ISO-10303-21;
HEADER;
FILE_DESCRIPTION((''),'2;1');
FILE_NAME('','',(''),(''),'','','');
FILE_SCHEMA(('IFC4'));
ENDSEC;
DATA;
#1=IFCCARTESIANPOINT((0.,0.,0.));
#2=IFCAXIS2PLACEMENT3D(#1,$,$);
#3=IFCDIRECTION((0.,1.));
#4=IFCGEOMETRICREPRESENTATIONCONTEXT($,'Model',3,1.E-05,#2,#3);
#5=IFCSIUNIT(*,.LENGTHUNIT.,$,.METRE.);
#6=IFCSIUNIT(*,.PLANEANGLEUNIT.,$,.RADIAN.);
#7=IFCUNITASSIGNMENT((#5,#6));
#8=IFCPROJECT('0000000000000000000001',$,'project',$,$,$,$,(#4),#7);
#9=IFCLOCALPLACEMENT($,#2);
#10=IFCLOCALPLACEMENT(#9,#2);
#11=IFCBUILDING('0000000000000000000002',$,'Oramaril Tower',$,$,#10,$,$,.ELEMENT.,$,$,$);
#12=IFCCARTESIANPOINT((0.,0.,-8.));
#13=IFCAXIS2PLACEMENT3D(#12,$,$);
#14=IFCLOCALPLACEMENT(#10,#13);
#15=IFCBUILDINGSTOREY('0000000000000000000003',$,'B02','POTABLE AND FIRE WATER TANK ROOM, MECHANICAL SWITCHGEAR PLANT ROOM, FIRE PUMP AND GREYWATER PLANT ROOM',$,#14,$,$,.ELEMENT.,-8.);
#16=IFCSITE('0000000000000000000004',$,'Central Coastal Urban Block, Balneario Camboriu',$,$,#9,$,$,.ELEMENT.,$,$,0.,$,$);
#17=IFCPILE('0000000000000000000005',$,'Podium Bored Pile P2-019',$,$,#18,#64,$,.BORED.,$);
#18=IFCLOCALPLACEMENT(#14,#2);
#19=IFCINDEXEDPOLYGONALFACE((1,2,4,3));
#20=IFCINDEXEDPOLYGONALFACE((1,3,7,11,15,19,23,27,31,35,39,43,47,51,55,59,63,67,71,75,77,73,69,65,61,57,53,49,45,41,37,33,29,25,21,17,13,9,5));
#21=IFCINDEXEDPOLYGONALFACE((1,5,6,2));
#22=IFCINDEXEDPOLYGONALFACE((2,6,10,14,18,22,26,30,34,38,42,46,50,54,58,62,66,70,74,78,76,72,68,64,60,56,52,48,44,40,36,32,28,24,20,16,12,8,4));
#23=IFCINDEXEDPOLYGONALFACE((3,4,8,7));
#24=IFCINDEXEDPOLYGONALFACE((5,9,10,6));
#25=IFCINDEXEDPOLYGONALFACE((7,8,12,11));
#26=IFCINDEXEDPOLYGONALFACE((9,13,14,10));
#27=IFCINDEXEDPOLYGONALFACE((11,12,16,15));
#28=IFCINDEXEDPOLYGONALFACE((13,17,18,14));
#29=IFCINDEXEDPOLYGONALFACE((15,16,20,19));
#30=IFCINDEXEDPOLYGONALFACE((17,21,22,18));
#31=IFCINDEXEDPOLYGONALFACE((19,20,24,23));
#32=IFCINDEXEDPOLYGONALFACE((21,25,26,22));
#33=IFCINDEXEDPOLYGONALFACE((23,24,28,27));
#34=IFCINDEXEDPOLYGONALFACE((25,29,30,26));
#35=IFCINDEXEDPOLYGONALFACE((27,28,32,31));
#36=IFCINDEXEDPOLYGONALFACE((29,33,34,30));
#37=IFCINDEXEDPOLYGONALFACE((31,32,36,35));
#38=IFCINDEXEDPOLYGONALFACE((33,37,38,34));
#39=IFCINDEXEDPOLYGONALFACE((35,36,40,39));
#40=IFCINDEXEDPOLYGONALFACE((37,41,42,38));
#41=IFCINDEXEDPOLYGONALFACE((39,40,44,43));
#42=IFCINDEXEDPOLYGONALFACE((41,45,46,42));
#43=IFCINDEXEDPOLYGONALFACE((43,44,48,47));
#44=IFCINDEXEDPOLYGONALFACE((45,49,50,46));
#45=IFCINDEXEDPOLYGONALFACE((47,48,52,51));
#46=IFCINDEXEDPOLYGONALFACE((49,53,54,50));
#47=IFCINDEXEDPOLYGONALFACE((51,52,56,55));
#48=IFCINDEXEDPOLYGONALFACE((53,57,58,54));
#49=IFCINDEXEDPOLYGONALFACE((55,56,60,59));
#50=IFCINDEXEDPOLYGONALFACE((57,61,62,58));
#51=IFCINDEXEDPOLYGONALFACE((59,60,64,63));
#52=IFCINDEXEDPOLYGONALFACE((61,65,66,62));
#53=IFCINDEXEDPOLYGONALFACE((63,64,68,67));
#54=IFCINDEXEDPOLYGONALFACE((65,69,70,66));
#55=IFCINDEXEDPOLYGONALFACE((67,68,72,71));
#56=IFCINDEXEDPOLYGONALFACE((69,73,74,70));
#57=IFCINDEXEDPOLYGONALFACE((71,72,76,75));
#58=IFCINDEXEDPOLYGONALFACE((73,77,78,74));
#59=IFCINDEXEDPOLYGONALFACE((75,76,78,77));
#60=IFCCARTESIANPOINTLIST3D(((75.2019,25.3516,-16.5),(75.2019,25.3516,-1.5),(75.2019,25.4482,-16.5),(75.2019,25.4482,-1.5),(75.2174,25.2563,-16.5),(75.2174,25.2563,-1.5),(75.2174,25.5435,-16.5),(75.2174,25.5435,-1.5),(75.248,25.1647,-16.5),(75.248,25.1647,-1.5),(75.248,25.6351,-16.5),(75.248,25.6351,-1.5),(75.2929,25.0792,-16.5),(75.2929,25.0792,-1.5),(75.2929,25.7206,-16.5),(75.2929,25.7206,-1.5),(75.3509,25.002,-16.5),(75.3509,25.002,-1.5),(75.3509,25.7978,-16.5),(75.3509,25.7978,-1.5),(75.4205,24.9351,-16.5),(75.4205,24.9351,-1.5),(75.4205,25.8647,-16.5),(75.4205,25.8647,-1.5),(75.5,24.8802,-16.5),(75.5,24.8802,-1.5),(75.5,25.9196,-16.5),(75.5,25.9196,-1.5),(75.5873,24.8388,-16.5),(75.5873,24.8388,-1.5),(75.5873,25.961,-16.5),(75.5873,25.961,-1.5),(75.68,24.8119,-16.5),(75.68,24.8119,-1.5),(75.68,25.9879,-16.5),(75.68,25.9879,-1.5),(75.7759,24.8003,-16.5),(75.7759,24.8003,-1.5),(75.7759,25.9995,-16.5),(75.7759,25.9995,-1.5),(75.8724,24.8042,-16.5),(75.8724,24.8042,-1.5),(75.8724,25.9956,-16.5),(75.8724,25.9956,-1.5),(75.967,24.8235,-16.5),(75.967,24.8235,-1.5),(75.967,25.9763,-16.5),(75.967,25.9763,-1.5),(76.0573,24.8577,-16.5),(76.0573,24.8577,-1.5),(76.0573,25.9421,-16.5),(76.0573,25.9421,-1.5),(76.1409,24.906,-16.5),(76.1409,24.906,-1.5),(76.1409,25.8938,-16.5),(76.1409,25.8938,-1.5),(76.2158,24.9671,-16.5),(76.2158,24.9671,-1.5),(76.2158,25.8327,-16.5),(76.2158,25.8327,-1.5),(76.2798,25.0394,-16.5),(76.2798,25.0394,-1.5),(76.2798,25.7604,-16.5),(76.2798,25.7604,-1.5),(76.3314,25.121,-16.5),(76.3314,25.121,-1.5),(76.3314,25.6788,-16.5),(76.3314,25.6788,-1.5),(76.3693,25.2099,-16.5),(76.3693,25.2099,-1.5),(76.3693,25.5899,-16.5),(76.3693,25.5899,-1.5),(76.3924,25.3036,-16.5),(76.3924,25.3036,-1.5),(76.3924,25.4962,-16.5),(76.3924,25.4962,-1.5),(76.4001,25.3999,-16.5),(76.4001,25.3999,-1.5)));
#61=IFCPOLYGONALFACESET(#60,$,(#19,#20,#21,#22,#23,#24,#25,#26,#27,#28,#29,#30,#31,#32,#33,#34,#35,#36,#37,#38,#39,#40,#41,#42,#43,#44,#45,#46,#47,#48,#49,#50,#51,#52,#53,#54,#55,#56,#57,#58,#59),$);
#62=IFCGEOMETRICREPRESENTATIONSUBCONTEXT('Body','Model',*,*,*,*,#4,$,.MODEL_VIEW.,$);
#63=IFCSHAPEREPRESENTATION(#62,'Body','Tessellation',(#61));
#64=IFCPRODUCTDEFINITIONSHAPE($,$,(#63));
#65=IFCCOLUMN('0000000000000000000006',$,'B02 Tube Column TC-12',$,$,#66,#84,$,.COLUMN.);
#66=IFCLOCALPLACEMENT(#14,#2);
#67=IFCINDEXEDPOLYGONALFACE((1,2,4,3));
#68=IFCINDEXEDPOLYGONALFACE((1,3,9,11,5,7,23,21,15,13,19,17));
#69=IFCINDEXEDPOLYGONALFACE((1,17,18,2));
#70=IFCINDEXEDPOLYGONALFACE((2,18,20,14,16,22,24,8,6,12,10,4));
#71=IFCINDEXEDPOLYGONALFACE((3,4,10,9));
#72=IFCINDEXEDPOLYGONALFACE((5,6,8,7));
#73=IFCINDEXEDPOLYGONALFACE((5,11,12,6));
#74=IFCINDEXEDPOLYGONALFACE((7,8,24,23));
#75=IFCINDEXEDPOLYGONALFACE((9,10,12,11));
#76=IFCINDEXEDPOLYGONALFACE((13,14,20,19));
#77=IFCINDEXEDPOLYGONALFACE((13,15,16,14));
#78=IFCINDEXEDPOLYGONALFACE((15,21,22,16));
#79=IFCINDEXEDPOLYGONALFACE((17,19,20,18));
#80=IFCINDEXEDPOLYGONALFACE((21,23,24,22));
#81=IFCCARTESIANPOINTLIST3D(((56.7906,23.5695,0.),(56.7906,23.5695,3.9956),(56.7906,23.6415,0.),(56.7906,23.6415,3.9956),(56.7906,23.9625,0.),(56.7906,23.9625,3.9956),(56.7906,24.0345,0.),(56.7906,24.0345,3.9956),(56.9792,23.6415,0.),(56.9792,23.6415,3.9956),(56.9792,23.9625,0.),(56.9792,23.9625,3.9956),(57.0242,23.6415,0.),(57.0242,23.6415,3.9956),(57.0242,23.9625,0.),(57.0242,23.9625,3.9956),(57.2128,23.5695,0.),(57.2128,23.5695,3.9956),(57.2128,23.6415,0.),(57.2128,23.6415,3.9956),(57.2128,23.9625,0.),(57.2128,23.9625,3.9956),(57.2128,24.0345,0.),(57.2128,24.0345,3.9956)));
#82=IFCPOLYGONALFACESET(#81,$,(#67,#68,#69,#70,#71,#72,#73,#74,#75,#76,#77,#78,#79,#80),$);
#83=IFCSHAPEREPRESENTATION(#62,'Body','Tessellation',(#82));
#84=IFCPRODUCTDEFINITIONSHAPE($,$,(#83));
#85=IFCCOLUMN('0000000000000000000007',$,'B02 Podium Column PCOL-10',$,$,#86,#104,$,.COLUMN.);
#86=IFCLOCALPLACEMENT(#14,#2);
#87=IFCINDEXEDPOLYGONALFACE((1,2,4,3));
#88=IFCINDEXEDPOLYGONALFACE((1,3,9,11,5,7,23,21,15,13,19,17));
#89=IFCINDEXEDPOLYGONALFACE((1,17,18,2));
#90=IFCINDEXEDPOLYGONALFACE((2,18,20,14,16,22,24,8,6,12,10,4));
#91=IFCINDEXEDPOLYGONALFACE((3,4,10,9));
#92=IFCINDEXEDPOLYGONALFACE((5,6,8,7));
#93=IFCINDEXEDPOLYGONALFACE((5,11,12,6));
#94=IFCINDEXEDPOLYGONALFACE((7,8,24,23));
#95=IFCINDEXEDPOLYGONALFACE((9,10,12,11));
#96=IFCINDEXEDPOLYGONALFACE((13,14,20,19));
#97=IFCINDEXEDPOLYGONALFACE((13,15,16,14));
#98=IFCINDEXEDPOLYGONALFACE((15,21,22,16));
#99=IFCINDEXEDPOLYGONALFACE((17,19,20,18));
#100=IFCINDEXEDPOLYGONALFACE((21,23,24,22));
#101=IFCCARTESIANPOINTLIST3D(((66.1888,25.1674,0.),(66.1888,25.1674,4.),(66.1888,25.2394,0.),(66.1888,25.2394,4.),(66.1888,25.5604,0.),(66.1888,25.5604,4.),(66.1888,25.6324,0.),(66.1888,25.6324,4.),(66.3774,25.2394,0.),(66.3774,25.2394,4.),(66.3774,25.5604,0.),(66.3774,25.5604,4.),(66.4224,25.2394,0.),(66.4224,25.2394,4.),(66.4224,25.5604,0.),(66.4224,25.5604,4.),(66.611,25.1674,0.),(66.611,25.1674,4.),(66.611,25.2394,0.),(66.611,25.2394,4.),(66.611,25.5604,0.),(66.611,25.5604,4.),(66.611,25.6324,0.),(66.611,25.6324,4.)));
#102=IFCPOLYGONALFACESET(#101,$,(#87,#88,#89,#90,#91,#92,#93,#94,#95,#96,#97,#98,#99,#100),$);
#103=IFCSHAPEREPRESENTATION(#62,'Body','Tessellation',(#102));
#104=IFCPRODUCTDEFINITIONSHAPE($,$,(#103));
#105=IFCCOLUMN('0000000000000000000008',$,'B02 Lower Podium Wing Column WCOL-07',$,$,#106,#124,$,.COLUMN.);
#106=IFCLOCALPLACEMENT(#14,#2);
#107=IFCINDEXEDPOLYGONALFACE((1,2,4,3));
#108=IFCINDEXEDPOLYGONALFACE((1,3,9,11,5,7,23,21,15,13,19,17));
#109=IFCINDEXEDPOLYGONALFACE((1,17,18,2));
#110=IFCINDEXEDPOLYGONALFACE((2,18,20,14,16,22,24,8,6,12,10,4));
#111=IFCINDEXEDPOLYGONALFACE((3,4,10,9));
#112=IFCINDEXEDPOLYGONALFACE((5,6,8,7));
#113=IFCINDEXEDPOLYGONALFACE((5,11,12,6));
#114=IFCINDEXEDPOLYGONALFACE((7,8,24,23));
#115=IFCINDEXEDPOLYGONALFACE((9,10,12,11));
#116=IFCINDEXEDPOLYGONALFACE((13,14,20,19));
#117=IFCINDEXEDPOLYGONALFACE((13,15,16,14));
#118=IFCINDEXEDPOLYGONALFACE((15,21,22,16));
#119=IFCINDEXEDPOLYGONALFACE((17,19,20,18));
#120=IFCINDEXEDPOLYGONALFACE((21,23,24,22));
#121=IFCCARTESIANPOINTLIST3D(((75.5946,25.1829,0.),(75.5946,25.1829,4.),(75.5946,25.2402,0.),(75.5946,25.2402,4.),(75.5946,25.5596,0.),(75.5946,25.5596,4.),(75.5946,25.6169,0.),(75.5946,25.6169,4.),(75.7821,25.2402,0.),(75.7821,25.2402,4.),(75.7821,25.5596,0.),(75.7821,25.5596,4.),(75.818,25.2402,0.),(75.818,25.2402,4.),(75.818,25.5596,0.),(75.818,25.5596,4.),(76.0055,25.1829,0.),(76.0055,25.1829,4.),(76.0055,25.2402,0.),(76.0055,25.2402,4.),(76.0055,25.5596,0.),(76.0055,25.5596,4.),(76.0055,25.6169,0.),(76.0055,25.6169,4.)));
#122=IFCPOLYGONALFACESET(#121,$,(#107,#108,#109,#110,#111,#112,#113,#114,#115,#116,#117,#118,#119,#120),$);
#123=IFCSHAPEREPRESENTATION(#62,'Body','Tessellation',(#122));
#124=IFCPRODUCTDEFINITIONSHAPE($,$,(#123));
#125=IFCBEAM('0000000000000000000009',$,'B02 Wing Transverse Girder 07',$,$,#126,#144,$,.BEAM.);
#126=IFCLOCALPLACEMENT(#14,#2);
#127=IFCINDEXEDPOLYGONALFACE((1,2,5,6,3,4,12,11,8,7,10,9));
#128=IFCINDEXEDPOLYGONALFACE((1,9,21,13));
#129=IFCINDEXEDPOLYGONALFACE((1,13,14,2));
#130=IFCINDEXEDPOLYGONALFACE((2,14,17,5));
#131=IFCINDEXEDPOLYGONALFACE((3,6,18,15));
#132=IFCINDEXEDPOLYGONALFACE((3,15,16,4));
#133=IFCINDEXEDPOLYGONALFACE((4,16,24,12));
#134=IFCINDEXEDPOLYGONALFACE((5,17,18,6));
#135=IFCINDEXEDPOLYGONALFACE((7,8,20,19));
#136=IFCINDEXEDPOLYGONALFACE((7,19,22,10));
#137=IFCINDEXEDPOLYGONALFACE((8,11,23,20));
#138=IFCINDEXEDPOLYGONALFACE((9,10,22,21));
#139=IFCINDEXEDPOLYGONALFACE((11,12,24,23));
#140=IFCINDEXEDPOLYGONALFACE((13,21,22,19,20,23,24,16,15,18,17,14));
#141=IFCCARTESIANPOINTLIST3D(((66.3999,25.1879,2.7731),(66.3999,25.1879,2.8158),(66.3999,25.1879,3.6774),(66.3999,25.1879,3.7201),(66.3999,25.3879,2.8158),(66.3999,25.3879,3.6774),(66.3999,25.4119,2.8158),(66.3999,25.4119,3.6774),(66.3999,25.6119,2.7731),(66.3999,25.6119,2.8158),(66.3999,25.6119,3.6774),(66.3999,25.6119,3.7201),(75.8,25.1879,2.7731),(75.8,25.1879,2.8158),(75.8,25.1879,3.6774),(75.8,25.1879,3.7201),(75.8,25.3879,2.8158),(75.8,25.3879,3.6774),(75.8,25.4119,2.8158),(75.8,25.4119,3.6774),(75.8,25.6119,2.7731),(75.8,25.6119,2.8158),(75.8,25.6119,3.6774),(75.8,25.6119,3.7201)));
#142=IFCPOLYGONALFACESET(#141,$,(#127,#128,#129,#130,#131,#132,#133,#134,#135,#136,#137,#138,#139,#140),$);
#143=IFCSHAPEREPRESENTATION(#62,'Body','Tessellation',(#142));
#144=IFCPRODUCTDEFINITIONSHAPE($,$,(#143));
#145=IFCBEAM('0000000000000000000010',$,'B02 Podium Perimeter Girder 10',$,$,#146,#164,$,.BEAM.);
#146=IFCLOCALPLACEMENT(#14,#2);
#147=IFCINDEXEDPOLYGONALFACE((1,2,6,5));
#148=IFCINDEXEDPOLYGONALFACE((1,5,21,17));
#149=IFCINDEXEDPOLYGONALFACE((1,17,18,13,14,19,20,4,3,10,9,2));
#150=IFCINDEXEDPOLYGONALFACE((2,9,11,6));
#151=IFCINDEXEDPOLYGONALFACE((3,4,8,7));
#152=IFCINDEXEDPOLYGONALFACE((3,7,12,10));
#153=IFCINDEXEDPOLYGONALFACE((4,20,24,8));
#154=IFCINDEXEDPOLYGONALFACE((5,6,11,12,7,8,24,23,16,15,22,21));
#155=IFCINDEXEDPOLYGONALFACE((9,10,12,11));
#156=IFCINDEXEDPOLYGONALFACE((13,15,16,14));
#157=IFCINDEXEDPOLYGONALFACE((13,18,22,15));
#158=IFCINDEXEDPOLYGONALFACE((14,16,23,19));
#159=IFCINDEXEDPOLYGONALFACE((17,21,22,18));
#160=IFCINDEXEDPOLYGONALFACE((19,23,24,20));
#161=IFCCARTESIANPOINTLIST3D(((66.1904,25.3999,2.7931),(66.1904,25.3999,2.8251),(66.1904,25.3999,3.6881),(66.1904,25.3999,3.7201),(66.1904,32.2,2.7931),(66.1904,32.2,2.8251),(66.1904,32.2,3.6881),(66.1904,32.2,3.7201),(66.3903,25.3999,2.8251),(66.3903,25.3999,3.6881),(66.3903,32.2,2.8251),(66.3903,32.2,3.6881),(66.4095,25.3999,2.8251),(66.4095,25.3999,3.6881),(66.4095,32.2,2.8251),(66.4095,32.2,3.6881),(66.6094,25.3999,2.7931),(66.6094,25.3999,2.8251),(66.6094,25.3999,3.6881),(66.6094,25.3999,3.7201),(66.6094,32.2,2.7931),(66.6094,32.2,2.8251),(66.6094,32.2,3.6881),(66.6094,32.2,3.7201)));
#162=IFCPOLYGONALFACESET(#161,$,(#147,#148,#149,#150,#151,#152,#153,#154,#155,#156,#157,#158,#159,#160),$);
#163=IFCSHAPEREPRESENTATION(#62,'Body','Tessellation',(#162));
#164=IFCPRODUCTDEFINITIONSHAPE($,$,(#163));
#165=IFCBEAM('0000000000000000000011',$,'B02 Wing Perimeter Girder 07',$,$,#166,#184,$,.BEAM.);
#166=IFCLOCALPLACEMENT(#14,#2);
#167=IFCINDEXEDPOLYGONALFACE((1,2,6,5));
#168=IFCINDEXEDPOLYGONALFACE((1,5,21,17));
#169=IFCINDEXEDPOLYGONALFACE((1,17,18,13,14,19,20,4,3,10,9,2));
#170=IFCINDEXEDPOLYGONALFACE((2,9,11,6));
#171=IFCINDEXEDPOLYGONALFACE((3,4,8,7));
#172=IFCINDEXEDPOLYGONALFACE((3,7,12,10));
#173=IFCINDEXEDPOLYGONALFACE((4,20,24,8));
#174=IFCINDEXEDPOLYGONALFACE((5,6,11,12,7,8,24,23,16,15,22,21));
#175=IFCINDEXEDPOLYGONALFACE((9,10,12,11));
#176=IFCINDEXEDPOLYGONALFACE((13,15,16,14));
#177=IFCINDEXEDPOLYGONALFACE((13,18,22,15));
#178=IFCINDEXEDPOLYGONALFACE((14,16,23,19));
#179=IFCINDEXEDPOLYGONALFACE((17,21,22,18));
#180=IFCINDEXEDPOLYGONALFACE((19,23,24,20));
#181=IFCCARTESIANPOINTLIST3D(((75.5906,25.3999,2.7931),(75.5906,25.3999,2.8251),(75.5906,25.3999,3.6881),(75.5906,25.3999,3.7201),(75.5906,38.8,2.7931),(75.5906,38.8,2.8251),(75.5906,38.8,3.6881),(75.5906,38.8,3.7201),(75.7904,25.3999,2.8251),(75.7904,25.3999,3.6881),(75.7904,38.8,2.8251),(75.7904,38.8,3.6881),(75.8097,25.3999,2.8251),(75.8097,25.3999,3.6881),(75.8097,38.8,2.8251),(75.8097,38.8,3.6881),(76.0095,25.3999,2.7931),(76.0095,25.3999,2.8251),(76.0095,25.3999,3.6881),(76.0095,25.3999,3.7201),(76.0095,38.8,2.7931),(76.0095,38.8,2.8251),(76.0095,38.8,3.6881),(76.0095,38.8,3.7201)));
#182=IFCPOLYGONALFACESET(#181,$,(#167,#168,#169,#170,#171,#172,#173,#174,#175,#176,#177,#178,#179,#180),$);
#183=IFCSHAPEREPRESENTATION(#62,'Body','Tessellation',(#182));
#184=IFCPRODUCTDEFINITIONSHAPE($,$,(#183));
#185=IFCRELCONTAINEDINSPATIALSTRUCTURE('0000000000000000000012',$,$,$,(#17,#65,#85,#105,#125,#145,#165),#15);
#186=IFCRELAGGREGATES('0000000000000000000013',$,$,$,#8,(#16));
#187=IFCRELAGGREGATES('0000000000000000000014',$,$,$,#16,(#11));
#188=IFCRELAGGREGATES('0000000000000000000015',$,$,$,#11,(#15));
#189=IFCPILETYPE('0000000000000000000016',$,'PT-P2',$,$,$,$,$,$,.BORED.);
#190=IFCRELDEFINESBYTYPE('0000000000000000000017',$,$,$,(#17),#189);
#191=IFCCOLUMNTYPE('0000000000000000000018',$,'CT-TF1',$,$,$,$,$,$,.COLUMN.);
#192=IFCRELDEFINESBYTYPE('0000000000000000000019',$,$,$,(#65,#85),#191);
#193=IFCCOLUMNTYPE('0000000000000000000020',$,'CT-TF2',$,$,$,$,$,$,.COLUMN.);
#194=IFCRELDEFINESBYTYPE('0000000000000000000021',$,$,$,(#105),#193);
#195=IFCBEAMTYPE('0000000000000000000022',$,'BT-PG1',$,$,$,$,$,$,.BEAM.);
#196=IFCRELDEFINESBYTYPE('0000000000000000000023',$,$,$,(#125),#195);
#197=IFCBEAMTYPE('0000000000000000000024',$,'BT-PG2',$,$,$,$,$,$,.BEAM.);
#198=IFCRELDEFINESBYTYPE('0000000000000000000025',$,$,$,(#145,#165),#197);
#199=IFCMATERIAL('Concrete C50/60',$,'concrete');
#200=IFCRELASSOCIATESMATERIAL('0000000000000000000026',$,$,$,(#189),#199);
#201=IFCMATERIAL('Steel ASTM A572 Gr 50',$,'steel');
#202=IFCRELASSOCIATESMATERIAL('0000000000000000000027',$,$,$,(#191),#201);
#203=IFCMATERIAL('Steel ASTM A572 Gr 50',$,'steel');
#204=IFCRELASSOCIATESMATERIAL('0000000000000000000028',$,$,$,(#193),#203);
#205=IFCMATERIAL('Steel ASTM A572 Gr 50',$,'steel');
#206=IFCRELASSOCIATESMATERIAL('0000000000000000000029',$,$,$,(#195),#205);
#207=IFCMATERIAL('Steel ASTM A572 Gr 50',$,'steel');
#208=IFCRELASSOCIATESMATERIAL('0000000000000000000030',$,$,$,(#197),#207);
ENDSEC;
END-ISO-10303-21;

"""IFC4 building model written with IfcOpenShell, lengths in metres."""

from ifc_helpers import new_model, si_unit, direction, frame, origin, origin_2d, place, context, subcontext, project, spatial, circle, i_section, extrude, material, material_profile, profile_set, type_object, element, save


model = new_model("IFC4")

# Units and contexts
model_context = context("Model", 3, precision=1e-05, world=origin(), true_north=direction((0.0, 1.0)))
body_context = subcontext(model_context, "Body", "Model", "MODEL_VIEW")
ifc_project = project(units=[si_unit("LENGTHUNIT", "METRE"), si_unit("PLANEANGLEUNIT", "RADIAN")], contexts=[model_context])

# Site, building, storey
site_placement = place(None, origin())
site = spatial("IfcSite", under=ifc_project, at=site_placement, Name="Central Coastal Urban Block, Balneario Camboriu", CompositionType="ELEMENT", RefElevation=0.0)
building_placement = place(site_placement, origin())
building = spatial("IfcBuilding", under=site, at=building_placement, Name="Oramaril Tower", CompositionType="ELEMENT")
storey_placement = place(building_placement, frame((0.0, 0.0, -8.0)))
storey = spatial("IfcBuildingStorey", under=building, at=storey_placement, Name="B02", Description="POTABLE AND FIRE WATER TANK ROOM, MECHANICAL SWITCHGEAR PLANT ROOM, FIRE PUMP AND GREYWATER PLANT ROOM", CompositionType="ELEMENT", Elevation=-8.0)

# Pile
ifc_material_1 = material(Name="Concrete C50/60", Category="concrete")
ifc_material_profile_1 = material_profile(ifc_material_1, circle(Radius=0.6001, at=origin_2d()), Name="D1200")
ifc_profile_set_1 = profile_set([ifc_material_profile_1], Name="Concrete C50/60")
pile_type_1 = type_object("IfcPileType", Name="PT-P2", PredefinedType="BORED", material=ifc_profile_set_1)
for number, where, z_axis, x_axis, name in (
    (1, (75.8, 25.3999, -1.5), (0.0, 0.0, -1.0), (1.0, 0.0, 0.0), "Podium Bored Pile P2-019"),
):
    element("IfcPile", number, at=place(storey_placement, frame(where, z_axis=z_axis, x_axis=x_axis)), inside=storey, type_object=pile_type_1, Name=name, PredefinedType="BORED", context=body_context, shape_type="SweptSolid", body=[
        extrude(circle(Radius=0.6001, at=origin_2d()), origin(), (0.0, 0.0, 1.0), 15.0),
    ])

# Columns
ifc_material_2 = material(Name="Steel ASTM A572 Gr 50", Category="steel")
ifc_material_profile_2 = material_profile(ifc_material_2, i_section(OverallWidth=0.4221, OverallDepth=0.4651, WebThickness=0.0449, FlangeThickness=0.072, at=origin_2d()), Name="W14X398")
ifc_profile_set_2 = profile_set([ifc_material_profile_2], Name="Steel ASTM A572 Gr 50")
column_type_1 = type_object("IfcColumnType", Name="CT-TF1", PredefinedType="COLUMN", material=ifc_profile_set_2)
column_1_placement = place(storey_placement, frame((57.0017, 23.802, 0.0), z_axis=(0.0, 0.0, 1.0), x_axis=(1.0, 0.0, 0.0)))
element("IfcColumn", 2, at=column_1_placement, inside=storey, type_object=column_type_1, Name="B02 Tube Column TC-12", PredefinedType="COLUMN", context=body_context, shape_type="SweptSolid", body=[
    extrude(i_section(OverallWidth=0.4221, OverallDepth=0.4651, WebThickness=0.0449, FlangeThickness=0.072, at=origin_2d()), origin(), (0.0, 0.0, 1.0), 3.9956),
])
column_2_placement = place(storey_placement, frame((66.3999, 25.3999, 0.0), z_axis=(0.0, 0.0, 1.0), x_axis=(1.0, 0.0, 0.0)))
element("IfcColumn", 3, at=column_2_placement, inside=storey, type_object=column_type_1, Name="B02 Podium Column PCOL-10", PredefinedType="COLUMN", context=body_context, shape_type="SweptSolid", body=[
    extrude(i_section(OverallWidth=0.4221, OverallDepth=0.4651, WebThickness=0.0449, FlangeThickness=0.072, at=origin_2d()), origin(), (0.0, 0.0, 1.0), 4.0),
])
ifc_material_3 = material(Name="Steel ASTM A572 Gr 50", Category="steel")
ifc_material_profile_3 = material_profile(ifc_material_3, i_section(OverallWidth=0.4109, OverallDepth=0.4341, WebThickness=0.0359, FlangeThickness=0.0574, at=origin_2d()), Name="W14X311")
ifc_profile_set_3 = profile_set([ifc_material_profile_3], Name="Steel ASTM A572 Gr 50")
column_type_2 = type_object("IfcColumnType", Name="CT-TF2", PredefinedType="COLUMN", material=ifc_profile_set_3)
column_3_placement = place(storey_placement, frame((75.8, 25.3999, 0.0), z_axis=(0.0, 0.0, 1.0), x_axis=(1.0, 0.0, 0.0)))
element("IfcColumn", 4, at=column_3_placement, inside=storey, type_object=column_type_2, Name="B02 Lower Podium Wing Column WCOL-07", PredefinedType="COLUMN", context=body_context, shape_type="SweptSolid", body=[
    extrude(i_section(OverallWidth=0.4109, OverallDepth=0.4341, WebThickness=0.0359, FlangeThickness=0.0574, at=origin_2d()), origin(), (0.0, 0.0, 1.0), 4.0),
])

# Beams
ifc_material_4 = material(Name="Steel ASTM A572 Gr 50", Category="steel")
ifc_material_profile_4 = material_profile(ifc_material_4, i_section(OverallWidth=0.4241, OverallDepth=0.947, WebThickness=0.0239, FlangeThickness=0.0427, at=origin_2d()), Name="W36X302")
ifc_profile_set_4 = profile_set([ifc_material_profile_4], Name="Steel ASTM A572 Gr 50")
beam_type_1 = type_object("IfcBeamType", Name="BT-PG1", PredefinedType="BEAM", material=ifc_profile_set_4)
beam_1_placement = place(storey_placement, frame((66.3999, 25.3999, 3.2466), z_axis=(1.0, 0.0, 0.0), x_axis=(0.0, 1.0, 0.0)))
element("IfcBeam", 5, at=beam_1_placement, inside=storey, type_object=beam_type_1, Name="B02 Wing Transverse Girder 07", PredefinedType="BEAM", context=body_context, shape_type="SweptSolid", body=[
    extrude(i_section(OverallWidth=0.4241, OverallDepth=0.947, WebThickness=0.0239, FlangeThickness=0.0427, at=origin_2d()), origin(), (0.0, 0.0, 1.0), 9.4001),
])
ifc_material_5 = material(Name="Steel ASTM A572 Gr 50", Category="steel")
ifc_material_profile_5 = material_profile(ifc_material_5, i_section(OverallWidth=0.4189, OverallDepth=0.927, WebThickness=0.0193, FlangeThickness=0.032, at=origin_2d()), Name="W36X231")
ifc_profile_set_5 = profile_set([ifc_material_profile_5], Name="Steel ASTM A572 Gr 50")
beam_type_2 = type_object("IfcBeamType", Name="BT-PG2", PredefinedType="BEAM", material=ifc_profile_set_5)
beam_2_placement = place(storey_placement, frame((66.3999, 25.3999, 3.2566), z_axis=(0.0, 1.0, 0.0), x_axis=(-1.0, 0.0, 0.0)))
element("IfcBeam", 6, at=beam_2_placement, inside=storey, type_object=beam_type_2, Name="B02 Podium Perimeter Girder 10", PredefinedType="BEAM", context=body_context, shape_type="SweptSolid", body=[
    extrude(i_section(OverallWidth=0.4189, OverallDepth=0.927, WebThickness=0.0193, FlangeThickness=0.032, at=origin_2d()), origin(), (0.0, 0.0, 1.0), 6.8),
])
beam_3_placement = place(storey_placement, frame((75.8, 25.3999, 3.2566), z_axis=(0.0, 1.0, 0.0), x_axis=(-1.0, 0.0, 0.0)))
element("IfcBeam", 7, at=beam_3_placement, inside=storey, type_object=beam_type_2, Name="B02 Wing Perimeter Girder 07", PredefinedType="BEAM", context=body_context, shape_type="SweptSolid", body=[
    extrude(i_section(OverallWidth=0.4189, OverallDepth=0.927, WebThickness=0.0193, FlangeThickness=0.032, at=origin_2d()), origin(), (0.0, 0.0, 1.0), 13.4001),
])

save(model, "model.ifc")
